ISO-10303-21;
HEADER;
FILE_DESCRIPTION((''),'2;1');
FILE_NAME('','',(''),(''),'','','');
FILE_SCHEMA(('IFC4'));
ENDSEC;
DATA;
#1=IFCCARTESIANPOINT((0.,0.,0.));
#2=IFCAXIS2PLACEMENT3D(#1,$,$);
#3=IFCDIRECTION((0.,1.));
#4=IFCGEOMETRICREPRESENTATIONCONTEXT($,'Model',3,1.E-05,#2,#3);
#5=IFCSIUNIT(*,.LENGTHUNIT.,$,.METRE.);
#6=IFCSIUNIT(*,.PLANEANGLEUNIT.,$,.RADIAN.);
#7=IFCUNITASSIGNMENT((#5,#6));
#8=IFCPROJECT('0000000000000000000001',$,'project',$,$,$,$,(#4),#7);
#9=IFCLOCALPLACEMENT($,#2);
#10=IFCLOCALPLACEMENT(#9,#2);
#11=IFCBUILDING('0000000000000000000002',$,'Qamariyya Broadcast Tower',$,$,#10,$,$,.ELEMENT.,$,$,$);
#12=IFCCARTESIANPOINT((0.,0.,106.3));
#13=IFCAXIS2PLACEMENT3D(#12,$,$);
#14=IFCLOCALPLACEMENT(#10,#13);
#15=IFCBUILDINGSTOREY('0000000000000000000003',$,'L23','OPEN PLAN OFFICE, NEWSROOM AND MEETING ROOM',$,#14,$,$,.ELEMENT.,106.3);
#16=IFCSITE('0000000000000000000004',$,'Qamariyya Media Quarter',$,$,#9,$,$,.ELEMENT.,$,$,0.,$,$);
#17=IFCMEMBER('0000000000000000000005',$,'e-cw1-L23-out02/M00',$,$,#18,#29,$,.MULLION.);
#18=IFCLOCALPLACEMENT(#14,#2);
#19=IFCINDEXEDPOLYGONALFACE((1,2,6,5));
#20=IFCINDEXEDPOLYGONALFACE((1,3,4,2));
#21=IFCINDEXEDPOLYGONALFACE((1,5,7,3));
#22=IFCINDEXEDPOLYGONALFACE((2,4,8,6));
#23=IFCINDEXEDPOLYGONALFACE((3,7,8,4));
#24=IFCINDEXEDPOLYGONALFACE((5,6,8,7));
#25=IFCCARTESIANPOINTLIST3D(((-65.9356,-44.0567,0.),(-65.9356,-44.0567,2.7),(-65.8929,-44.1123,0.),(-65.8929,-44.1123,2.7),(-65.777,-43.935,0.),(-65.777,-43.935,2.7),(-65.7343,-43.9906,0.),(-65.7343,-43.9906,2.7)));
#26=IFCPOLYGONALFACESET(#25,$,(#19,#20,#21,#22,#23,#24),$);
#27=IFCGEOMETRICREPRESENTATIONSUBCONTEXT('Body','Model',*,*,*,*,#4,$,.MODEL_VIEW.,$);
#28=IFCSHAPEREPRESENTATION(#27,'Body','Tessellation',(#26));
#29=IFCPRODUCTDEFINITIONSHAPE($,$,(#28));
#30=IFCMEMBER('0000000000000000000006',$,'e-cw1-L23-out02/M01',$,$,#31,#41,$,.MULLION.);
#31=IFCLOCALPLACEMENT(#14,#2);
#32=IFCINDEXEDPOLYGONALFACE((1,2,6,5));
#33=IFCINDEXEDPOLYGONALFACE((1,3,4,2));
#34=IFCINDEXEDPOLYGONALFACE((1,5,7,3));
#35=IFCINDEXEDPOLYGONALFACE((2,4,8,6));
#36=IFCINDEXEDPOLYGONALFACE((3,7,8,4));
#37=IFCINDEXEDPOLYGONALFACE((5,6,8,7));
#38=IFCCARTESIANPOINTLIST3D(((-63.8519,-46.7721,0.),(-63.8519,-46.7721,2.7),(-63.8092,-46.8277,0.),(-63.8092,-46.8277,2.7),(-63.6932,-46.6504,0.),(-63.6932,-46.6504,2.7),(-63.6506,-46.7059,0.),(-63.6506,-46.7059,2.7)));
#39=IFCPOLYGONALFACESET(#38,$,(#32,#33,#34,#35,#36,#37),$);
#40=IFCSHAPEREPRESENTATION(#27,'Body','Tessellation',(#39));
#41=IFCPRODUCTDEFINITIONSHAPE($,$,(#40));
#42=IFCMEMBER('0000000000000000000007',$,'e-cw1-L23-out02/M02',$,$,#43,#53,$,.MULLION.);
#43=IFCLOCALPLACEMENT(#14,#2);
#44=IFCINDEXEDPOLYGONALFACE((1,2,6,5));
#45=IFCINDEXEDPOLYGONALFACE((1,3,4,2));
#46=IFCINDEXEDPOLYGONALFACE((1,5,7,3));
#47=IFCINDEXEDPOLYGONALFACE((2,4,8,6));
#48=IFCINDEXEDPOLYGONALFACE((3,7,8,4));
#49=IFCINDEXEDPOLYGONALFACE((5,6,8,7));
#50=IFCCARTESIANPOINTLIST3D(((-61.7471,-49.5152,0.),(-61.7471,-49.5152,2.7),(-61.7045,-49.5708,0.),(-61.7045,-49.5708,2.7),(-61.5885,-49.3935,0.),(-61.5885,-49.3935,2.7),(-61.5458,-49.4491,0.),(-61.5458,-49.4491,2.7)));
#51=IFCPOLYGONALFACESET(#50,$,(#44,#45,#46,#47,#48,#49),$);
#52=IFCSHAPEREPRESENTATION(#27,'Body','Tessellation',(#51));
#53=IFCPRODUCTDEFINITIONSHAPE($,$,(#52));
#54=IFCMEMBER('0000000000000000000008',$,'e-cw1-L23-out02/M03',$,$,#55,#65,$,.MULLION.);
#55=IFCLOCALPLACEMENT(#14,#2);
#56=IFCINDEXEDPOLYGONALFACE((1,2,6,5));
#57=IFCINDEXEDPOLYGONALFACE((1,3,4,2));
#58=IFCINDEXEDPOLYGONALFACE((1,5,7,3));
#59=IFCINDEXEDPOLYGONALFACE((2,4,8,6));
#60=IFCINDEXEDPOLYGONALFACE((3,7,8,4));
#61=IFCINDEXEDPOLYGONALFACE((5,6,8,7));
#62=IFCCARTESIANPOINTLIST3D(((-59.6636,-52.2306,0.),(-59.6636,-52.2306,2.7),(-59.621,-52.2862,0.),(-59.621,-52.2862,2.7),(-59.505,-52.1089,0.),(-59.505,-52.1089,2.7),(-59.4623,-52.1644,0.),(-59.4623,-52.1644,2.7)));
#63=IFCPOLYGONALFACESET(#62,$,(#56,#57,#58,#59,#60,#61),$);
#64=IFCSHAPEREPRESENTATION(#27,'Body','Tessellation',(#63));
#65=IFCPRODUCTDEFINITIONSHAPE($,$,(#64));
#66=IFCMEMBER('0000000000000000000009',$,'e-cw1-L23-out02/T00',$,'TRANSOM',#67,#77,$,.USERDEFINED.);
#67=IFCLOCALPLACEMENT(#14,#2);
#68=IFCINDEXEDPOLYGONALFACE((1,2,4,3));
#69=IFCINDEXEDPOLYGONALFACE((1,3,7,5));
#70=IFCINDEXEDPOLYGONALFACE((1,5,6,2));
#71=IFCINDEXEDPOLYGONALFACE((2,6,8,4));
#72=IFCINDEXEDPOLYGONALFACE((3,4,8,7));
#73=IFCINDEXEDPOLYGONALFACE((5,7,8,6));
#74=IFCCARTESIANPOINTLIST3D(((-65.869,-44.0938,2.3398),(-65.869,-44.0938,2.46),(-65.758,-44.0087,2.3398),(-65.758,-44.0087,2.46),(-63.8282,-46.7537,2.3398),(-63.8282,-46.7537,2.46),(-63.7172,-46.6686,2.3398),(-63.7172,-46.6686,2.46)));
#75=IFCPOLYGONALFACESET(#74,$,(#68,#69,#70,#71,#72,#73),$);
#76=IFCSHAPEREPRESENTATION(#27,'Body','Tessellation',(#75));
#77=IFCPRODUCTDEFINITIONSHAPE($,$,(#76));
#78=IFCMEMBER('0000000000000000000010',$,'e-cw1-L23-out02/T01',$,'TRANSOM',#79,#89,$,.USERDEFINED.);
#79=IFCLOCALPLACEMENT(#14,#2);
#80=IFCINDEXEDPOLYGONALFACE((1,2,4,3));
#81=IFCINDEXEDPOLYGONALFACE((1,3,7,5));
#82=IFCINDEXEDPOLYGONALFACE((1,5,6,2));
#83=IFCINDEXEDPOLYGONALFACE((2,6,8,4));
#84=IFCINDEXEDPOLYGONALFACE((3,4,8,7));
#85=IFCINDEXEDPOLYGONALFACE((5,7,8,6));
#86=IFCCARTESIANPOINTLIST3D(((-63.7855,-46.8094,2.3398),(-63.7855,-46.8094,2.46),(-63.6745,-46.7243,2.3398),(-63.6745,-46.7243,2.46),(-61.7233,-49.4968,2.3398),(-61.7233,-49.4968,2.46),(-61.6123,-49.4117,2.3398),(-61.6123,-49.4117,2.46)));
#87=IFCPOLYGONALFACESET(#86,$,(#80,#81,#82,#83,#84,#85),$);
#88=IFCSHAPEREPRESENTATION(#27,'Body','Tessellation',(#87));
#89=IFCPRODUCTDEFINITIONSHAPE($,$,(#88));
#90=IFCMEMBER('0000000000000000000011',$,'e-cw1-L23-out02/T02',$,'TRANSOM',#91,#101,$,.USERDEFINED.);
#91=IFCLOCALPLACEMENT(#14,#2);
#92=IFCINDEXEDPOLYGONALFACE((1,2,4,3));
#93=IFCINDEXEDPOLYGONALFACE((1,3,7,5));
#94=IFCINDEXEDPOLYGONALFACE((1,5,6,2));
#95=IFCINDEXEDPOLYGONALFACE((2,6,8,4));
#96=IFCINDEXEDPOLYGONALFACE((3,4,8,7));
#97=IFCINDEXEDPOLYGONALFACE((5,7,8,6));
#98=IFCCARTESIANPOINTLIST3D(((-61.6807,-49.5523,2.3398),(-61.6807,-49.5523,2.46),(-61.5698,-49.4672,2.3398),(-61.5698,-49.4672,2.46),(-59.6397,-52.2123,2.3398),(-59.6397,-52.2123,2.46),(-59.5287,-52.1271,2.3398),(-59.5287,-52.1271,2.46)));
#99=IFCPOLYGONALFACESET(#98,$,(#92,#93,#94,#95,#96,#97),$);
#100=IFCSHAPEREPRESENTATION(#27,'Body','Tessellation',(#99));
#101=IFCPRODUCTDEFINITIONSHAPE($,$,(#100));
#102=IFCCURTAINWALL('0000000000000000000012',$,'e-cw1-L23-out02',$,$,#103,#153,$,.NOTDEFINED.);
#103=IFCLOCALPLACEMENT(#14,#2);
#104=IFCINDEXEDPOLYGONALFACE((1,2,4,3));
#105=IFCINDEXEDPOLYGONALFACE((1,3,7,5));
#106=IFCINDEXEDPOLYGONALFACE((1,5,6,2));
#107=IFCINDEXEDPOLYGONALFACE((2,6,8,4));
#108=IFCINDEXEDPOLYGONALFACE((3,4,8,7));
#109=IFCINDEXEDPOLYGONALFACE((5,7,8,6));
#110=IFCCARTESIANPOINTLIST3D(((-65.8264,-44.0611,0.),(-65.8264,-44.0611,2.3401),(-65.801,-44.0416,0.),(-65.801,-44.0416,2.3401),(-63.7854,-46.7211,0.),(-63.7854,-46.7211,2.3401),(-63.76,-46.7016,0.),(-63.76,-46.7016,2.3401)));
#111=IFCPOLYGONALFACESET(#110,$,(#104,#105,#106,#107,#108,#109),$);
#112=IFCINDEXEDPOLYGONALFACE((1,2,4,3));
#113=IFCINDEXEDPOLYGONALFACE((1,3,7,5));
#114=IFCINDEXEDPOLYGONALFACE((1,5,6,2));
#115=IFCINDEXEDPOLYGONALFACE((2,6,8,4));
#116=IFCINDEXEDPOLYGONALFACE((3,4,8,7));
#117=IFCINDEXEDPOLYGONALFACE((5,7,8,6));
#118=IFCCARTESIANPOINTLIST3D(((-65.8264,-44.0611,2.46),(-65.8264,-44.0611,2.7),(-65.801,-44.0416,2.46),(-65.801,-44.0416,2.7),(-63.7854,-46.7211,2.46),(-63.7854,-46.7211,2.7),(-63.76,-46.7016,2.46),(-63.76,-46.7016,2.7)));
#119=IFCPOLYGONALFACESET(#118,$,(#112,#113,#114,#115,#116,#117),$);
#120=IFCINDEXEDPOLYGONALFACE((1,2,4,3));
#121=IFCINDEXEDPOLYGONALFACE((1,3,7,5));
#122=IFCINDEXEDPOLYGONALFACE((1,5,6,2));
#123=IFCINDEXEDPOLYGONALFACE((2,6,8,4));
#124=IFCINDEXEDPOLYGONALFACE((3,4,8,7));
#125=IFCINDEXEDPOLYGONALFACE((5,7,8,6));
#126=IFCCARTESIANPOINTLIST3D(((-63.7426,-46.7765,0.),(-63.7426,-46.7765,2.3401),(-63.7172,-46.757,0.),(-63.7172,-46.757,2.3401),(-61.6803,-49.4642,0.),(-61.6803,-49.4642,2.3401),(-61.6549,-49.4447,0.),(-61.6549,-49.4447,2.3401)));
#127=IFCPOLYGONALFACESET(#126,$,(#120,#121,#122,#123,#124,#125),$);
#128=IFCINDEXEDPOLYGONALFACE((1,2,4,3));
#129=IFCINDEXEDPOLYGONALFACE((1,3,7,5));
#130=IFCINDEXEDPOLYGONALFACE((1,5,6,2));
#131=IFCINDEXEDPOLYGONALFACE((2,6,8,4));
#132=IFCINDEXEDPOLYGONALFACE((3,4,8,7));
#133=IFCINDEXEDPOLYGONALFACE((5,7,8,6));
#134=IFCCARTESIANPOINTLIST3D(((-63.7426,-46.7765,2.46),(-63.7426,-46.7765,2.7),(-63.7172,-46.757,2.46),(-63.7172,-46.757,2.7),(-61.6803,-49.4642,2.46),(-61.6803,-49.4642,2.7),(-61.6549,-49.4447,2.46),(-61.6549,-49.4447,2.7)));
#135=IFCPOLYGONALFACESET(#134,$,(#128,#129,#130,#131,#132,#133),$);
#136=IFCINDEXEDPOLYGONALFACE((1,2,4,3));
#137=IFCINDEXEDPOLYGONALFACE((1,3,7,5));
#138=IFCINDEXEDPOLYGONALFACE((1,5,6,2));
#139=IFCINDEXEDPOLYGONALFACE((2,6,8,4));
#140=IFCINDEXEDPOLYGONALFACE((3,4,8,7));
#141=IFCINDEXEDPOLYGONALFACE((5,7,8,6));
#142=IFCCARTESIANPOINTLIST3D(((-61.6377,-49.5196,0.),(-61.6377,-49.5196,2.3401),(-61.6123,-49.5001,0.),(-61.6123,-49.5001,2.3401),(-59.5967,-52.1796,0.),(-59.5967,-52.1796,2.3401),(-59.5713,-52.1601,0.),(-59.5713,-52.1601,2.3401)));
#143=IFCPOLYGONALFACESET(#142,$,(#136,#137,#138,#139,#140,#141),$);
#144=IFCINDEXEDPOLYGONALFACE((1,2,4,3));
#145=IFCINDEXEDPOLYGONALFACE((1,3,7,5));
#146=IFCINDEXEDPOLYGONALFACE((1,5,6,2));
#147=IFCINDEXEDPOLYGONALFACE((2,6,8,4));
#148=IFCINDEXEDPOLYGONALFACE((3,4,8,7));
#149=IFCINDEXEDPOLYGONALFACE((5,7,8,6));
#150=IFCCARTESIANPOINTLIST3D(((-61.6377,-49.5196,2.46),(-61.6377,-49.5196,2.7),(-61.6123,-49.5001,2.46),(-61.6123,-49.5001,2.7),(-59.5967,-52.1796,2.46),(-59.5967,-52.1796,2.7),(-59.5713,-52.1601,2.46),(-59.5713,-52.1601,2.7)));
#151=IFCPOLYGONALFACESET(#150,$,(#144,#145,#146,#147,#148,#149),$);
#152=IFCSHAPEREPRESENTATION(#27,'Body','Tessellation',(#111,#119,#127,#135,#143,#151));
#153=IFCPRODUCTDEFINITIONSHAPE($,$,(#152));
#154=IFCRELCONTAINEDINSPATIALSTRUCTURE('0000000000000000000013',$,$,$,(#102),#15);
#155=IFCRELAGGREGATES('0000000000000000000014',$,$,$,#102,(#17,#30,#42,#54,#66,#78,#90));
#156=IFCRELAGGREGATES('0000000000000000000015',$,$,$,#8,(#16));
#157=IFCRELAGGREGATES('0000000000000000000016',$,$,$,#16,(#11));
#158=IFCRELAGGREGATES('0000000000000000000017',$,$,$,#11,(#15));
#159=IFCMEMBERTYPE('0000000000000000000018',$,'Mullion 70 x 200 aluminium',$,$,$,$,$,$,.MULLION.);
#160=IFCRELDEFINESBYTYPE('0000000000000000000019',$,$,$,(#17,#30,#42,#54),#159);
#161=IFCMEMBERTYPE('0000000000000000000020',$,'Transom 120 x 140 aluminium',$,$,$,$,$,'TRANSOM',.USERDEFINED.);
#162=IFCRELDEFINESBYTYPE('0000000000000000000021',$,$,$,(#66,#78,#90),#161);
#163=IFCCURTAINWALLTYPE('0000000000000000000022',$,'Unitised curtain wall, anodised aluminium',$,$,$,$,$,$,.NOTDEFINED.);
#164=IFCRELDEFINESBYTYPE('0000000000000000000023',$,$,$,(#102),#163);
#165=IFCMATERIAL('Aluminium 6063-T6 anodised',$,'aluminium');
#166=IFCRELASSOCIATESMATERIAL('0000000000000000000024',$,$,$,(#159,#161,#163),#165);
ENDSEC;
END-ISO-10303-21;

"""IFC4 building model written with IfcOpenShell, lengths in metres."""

from ifc_helpers import new_model, si_unit, direction, frame, origin, origin_2d, place, context, subcontext, project, spatial, rectangle, extrude, material, material_profile, profile_set, type_object, element, aggregate, save


model = new_model("IFC4")

# Units and contexts
model_context = context("Model", 3, precision=1e-05, world=origin(), true_north=direction((0.0, 1.0)))
body_context = subcontext(model_context, "Body", "Model", "MODEL_VIEW")
ifc_project = project(units=[si_unit("LENGTHUNIT", "METRE"), si_unit("PLANEANGLEUNIT", "RADIAN")], contexts=[model_context])

# Members
ifc_material = material(Name="Aluminium 6063-T6 anodised", Category="aluminium")
ifc_material_profile_1 = material_profile(ifc_material, rectangle(XDim=0.2, YDim=0.0701, at=origin_2d()))
ifc_profile_set_1 = profile_set([ifc_material_profile_1], Name="Aluminium 6063-T6 anodised")
member_type_1 = type_object("IfcMemberType", Name="Mullion 70 x 200 aluminium", PredefinedType="MULLION", material=ifc_profile_set_1)
site_placement = place(None, origin())
building_placement = place(site_placement, origin())
storey_placement = place(building_placement, frame((0.0, 0.0, 106.3)))
member_1_placement = place(storey_placement, frame((-65.835, -44.0237, 0.0), z_axis=(0.0, 0.0, 1.0), x_axis=(0.793353, 0.608761, 0.0)))
member_1 = element("IfcMember", 1, at=member_1_placement, type_object=member_type_1, Name="e-cw1-L23-out02/M00", PredefinedType="MULLION", context=body_context, shape_type="SweptSolid", body=[
    extrude(rectangle(XDim=0.2, YDim=0.0701, at=origin_2d()), origin(), (0.0, 0.0, 1.0), 2.7),
])
member_2_placement = place(storey_placement, frame((-63.7512, -46.739, 0.0), z_axis=(0.0, 0.0, 1.0), x_axis=(0.793353, 0.608761, 0.0)))
member_2 = element("IfcMember", 2, at=member_2_placement, type_object=member_type_1, Name="e-cw1-L23-out02/M01", PredefinedType="MULLION", context=body_context, shape_type="SweptSolid", body=[
    extrude(rectangle(XDim=0.2, YDim=0.0701, at=origin_2d()), origin(), (0.0, 0.0, 1.0), 2.7),
])
member_3_placement = place(storey_placement, frame((-61.6465, -49.4822, 0.0), z_axis=(0.0, 0.0, 1.0), x_axis=(0.793353, 0.608761, 0.0)))
member_3 = element("IfcMember", 3, at=member_3_placement, type_object=member_type_1, Name="e-cw1-L23-out02/M02", PredefinedType="MULLION", context=body_context, shape_type="SweptSolid", body=[
    extrude(rectangle(XDim=0.2, YDim=0.0701, at=origin_2d()), origin(), (0.0, 0.0, 1.0), 2.7),
])
member_4_placement = place(storey_placement, frame((-59.563, -52.1975, 0.0), z_axis=(0.0, 0.0, 1.0), x_axis=(0.793353, 0.608761, 0.0)))
member_4 = element("IfcMember", 4, at=member_4_placement, type_object=member_type_1, Name="e-cw1-L23-out02/M03", PredefinedType="MULLION", context=body_context, shape_type="SweptSolid", body=[
    extrude(rectangle(XDim=0.2, YDim=0.0701, at=origin_2d()), origin(), (0.0, 0.0, 1.0), 2.7),
])
ifc_material_profile_2 = material_profile(ifc_material, rectangle(XDim=0.1399, YDim=0.1201, at=origin_2d()))
ifc_profile_set_2 = profile_set([ifc_material_profile_2], Name="Aluminium 6063-T6 anodised")
member_type_2 = type_object("IfcMemberType", Name="Transom 120 x 140 aluminium", ElementType="TRANSOM", PredefinedType="USERDEFINED", material=ifc_profile_set_2)
member_5_placement = place(storey_placement, frame((-65.8135, -44.0513, 2.3999), z_axis=(0.608714, -0.793389, 0.0), x_axis=(0.793389, 0.608714, 0.0)))
member_5 = element("IfcMember", 5, at=member_5_placement, type_object=member_type_2, Name="e-cw1-L23-out02/T00", ObjectType="TRANSOM", PredefinedType="USERDEFINED", context=body_context, shape_type="SweptSolid", body=[
    extrude(rectangle(XDim=0.1399, YDim=0.1201, at=origin_2d()), origin(), (0.0, 0.0, 1.0), 3.3525),
])
member_6_placement = place(storey_placement, frame((-63.73, -46.7668, 2.3999), z_axis=(0.608773, -0.793344, 0.0), x_axis=(0.793344, 0.608773, 0.0)))
member_6 = element("IfcMember", 6, at=member_6_placement, type_object=member_type_2, Name="e-cw1-L23-out02/T01", ObjectType="TRANSOM", PredefinedType="USERDEFINED", context=body_context, shape_type="SweptSolid", body=[
    extrude(rectangle(XDim=0.1399, YDim=0.1201, at=origin_2d()), origin(), (0.0, 0.0, 1.0), 3.3875),
])
member_7_placement = place(storey_placement, frame((-61.6252, -49.5098, 2.3999), z_axis=(0.60876, -0.793354, 0.0), x_axis=(0.793354, 0.60876, 0.0)))
member_7 = element("IfcMember", 7, at=member_7_placement, type_object=member_type_2, Name="e-cw1-L23-out02/T02", ObjectType="TRANSOM", PredefinedType="USERDEFINED", context=body_context, shape_type="SweptSolid", body=[
    extrude(rectangle(XDim=0.1399, YDim=0.1201, at=origin_2d()), origin(), (0.0, 0.0, 1.0), 3.3528),
])

# Site, building, storey
site = spatial("IfcSite", under=ifc_project, at=site_placement, Name="Qamariyya Media Quarter", CompositionType="ELEMENT", RefElevation=0.0)
building = spatial("IfcBuilding", under=site, at=building_placement, Name="Qamariyya Broadcast Tower", CompositionType="ELEMENT")
storey = spatial("IfcBuildingStorey", under=building, at=storey_placement, Name="L23", Description="OPEN PLAN OFFICE, NEWSROOM AND MEETING ROOM", CompositionType="ELEMENT", Elevation=106.3)

# Curtain wall
curtain_wall_type = type_object("IfcCurtainWallType", Name="Unitised curtain wall, anodised aluminium", PredefinedType="NOTDEFINED", material=ifc_material)
curtain_wall_1_placement = place(storey_placement, origin())
curtain_wall_1 = element("IfcCurtainWall", 8, at=curtain_wall_1_placement, inside=storey, type_object=curtain_wall_type, Name="e-cw1-L23-out02", PredefinedType="NOTDEFINED", context=body_context, shape_type="SweptSolid", body=[
    extrude(rectangle(XDim=3.3528, YDim=0.032, at=origin_2d()), frame((-64.7932, -45.3813, 0.0), x_axis=(0.608761, -0.793354, 0.0)), (0.0, 0.0, 1.0), 2.3401),
    extrude(rectangle(XDim=3.3528, YDim=0.032, at=origin_2d()), frame((-64.7932, -45.3813, 2.46), x_axis=(0.608761, -0.793354, 0.0)), (0.0, 0.0, 1.0), 0.24),
    extrude(rectangle(XDim=3.3877, YDim=0.032, at=origin_2d()), frame((-62.6987, -48.1106, 0.0), x_axis=(0.608761, -0.793354, 0.0)), (0.0, 0.0, 1.0), 2.3401),
    extrude(rectangle(XDim=3.3877, YDim=0.032, at=origin_2d()), frame((-62.6987, -48.1106, 2.46), x_axis=(0.608761, -0.793354, 0.0)), (0.0, 0.0, 1.0), 0.24),
    extrude(rectangle(XDim=3.3528, YDim=0.032, at=origin_2d()), frame((-60.6045, -50.8398, 0.0), x_axis=(0.608761, -0.793354, 0.0)), (0.0, 0.0, 1.0), 2.3401),
    extrude(rectangle(XDim=3.3528, YDim=0.032, at=origin_2d()), frame((-60.6045, -50.8398, 2.46), x_axis=(0.608761, -0.793354, 0.0)), (0.0, 0.0, 1.0), 0.24),
])
aggregate(curtain_wall_1, [member_1, member_2, member_3, member_4, member_5, member_6, member_7])

save(model, "model.ifc")
